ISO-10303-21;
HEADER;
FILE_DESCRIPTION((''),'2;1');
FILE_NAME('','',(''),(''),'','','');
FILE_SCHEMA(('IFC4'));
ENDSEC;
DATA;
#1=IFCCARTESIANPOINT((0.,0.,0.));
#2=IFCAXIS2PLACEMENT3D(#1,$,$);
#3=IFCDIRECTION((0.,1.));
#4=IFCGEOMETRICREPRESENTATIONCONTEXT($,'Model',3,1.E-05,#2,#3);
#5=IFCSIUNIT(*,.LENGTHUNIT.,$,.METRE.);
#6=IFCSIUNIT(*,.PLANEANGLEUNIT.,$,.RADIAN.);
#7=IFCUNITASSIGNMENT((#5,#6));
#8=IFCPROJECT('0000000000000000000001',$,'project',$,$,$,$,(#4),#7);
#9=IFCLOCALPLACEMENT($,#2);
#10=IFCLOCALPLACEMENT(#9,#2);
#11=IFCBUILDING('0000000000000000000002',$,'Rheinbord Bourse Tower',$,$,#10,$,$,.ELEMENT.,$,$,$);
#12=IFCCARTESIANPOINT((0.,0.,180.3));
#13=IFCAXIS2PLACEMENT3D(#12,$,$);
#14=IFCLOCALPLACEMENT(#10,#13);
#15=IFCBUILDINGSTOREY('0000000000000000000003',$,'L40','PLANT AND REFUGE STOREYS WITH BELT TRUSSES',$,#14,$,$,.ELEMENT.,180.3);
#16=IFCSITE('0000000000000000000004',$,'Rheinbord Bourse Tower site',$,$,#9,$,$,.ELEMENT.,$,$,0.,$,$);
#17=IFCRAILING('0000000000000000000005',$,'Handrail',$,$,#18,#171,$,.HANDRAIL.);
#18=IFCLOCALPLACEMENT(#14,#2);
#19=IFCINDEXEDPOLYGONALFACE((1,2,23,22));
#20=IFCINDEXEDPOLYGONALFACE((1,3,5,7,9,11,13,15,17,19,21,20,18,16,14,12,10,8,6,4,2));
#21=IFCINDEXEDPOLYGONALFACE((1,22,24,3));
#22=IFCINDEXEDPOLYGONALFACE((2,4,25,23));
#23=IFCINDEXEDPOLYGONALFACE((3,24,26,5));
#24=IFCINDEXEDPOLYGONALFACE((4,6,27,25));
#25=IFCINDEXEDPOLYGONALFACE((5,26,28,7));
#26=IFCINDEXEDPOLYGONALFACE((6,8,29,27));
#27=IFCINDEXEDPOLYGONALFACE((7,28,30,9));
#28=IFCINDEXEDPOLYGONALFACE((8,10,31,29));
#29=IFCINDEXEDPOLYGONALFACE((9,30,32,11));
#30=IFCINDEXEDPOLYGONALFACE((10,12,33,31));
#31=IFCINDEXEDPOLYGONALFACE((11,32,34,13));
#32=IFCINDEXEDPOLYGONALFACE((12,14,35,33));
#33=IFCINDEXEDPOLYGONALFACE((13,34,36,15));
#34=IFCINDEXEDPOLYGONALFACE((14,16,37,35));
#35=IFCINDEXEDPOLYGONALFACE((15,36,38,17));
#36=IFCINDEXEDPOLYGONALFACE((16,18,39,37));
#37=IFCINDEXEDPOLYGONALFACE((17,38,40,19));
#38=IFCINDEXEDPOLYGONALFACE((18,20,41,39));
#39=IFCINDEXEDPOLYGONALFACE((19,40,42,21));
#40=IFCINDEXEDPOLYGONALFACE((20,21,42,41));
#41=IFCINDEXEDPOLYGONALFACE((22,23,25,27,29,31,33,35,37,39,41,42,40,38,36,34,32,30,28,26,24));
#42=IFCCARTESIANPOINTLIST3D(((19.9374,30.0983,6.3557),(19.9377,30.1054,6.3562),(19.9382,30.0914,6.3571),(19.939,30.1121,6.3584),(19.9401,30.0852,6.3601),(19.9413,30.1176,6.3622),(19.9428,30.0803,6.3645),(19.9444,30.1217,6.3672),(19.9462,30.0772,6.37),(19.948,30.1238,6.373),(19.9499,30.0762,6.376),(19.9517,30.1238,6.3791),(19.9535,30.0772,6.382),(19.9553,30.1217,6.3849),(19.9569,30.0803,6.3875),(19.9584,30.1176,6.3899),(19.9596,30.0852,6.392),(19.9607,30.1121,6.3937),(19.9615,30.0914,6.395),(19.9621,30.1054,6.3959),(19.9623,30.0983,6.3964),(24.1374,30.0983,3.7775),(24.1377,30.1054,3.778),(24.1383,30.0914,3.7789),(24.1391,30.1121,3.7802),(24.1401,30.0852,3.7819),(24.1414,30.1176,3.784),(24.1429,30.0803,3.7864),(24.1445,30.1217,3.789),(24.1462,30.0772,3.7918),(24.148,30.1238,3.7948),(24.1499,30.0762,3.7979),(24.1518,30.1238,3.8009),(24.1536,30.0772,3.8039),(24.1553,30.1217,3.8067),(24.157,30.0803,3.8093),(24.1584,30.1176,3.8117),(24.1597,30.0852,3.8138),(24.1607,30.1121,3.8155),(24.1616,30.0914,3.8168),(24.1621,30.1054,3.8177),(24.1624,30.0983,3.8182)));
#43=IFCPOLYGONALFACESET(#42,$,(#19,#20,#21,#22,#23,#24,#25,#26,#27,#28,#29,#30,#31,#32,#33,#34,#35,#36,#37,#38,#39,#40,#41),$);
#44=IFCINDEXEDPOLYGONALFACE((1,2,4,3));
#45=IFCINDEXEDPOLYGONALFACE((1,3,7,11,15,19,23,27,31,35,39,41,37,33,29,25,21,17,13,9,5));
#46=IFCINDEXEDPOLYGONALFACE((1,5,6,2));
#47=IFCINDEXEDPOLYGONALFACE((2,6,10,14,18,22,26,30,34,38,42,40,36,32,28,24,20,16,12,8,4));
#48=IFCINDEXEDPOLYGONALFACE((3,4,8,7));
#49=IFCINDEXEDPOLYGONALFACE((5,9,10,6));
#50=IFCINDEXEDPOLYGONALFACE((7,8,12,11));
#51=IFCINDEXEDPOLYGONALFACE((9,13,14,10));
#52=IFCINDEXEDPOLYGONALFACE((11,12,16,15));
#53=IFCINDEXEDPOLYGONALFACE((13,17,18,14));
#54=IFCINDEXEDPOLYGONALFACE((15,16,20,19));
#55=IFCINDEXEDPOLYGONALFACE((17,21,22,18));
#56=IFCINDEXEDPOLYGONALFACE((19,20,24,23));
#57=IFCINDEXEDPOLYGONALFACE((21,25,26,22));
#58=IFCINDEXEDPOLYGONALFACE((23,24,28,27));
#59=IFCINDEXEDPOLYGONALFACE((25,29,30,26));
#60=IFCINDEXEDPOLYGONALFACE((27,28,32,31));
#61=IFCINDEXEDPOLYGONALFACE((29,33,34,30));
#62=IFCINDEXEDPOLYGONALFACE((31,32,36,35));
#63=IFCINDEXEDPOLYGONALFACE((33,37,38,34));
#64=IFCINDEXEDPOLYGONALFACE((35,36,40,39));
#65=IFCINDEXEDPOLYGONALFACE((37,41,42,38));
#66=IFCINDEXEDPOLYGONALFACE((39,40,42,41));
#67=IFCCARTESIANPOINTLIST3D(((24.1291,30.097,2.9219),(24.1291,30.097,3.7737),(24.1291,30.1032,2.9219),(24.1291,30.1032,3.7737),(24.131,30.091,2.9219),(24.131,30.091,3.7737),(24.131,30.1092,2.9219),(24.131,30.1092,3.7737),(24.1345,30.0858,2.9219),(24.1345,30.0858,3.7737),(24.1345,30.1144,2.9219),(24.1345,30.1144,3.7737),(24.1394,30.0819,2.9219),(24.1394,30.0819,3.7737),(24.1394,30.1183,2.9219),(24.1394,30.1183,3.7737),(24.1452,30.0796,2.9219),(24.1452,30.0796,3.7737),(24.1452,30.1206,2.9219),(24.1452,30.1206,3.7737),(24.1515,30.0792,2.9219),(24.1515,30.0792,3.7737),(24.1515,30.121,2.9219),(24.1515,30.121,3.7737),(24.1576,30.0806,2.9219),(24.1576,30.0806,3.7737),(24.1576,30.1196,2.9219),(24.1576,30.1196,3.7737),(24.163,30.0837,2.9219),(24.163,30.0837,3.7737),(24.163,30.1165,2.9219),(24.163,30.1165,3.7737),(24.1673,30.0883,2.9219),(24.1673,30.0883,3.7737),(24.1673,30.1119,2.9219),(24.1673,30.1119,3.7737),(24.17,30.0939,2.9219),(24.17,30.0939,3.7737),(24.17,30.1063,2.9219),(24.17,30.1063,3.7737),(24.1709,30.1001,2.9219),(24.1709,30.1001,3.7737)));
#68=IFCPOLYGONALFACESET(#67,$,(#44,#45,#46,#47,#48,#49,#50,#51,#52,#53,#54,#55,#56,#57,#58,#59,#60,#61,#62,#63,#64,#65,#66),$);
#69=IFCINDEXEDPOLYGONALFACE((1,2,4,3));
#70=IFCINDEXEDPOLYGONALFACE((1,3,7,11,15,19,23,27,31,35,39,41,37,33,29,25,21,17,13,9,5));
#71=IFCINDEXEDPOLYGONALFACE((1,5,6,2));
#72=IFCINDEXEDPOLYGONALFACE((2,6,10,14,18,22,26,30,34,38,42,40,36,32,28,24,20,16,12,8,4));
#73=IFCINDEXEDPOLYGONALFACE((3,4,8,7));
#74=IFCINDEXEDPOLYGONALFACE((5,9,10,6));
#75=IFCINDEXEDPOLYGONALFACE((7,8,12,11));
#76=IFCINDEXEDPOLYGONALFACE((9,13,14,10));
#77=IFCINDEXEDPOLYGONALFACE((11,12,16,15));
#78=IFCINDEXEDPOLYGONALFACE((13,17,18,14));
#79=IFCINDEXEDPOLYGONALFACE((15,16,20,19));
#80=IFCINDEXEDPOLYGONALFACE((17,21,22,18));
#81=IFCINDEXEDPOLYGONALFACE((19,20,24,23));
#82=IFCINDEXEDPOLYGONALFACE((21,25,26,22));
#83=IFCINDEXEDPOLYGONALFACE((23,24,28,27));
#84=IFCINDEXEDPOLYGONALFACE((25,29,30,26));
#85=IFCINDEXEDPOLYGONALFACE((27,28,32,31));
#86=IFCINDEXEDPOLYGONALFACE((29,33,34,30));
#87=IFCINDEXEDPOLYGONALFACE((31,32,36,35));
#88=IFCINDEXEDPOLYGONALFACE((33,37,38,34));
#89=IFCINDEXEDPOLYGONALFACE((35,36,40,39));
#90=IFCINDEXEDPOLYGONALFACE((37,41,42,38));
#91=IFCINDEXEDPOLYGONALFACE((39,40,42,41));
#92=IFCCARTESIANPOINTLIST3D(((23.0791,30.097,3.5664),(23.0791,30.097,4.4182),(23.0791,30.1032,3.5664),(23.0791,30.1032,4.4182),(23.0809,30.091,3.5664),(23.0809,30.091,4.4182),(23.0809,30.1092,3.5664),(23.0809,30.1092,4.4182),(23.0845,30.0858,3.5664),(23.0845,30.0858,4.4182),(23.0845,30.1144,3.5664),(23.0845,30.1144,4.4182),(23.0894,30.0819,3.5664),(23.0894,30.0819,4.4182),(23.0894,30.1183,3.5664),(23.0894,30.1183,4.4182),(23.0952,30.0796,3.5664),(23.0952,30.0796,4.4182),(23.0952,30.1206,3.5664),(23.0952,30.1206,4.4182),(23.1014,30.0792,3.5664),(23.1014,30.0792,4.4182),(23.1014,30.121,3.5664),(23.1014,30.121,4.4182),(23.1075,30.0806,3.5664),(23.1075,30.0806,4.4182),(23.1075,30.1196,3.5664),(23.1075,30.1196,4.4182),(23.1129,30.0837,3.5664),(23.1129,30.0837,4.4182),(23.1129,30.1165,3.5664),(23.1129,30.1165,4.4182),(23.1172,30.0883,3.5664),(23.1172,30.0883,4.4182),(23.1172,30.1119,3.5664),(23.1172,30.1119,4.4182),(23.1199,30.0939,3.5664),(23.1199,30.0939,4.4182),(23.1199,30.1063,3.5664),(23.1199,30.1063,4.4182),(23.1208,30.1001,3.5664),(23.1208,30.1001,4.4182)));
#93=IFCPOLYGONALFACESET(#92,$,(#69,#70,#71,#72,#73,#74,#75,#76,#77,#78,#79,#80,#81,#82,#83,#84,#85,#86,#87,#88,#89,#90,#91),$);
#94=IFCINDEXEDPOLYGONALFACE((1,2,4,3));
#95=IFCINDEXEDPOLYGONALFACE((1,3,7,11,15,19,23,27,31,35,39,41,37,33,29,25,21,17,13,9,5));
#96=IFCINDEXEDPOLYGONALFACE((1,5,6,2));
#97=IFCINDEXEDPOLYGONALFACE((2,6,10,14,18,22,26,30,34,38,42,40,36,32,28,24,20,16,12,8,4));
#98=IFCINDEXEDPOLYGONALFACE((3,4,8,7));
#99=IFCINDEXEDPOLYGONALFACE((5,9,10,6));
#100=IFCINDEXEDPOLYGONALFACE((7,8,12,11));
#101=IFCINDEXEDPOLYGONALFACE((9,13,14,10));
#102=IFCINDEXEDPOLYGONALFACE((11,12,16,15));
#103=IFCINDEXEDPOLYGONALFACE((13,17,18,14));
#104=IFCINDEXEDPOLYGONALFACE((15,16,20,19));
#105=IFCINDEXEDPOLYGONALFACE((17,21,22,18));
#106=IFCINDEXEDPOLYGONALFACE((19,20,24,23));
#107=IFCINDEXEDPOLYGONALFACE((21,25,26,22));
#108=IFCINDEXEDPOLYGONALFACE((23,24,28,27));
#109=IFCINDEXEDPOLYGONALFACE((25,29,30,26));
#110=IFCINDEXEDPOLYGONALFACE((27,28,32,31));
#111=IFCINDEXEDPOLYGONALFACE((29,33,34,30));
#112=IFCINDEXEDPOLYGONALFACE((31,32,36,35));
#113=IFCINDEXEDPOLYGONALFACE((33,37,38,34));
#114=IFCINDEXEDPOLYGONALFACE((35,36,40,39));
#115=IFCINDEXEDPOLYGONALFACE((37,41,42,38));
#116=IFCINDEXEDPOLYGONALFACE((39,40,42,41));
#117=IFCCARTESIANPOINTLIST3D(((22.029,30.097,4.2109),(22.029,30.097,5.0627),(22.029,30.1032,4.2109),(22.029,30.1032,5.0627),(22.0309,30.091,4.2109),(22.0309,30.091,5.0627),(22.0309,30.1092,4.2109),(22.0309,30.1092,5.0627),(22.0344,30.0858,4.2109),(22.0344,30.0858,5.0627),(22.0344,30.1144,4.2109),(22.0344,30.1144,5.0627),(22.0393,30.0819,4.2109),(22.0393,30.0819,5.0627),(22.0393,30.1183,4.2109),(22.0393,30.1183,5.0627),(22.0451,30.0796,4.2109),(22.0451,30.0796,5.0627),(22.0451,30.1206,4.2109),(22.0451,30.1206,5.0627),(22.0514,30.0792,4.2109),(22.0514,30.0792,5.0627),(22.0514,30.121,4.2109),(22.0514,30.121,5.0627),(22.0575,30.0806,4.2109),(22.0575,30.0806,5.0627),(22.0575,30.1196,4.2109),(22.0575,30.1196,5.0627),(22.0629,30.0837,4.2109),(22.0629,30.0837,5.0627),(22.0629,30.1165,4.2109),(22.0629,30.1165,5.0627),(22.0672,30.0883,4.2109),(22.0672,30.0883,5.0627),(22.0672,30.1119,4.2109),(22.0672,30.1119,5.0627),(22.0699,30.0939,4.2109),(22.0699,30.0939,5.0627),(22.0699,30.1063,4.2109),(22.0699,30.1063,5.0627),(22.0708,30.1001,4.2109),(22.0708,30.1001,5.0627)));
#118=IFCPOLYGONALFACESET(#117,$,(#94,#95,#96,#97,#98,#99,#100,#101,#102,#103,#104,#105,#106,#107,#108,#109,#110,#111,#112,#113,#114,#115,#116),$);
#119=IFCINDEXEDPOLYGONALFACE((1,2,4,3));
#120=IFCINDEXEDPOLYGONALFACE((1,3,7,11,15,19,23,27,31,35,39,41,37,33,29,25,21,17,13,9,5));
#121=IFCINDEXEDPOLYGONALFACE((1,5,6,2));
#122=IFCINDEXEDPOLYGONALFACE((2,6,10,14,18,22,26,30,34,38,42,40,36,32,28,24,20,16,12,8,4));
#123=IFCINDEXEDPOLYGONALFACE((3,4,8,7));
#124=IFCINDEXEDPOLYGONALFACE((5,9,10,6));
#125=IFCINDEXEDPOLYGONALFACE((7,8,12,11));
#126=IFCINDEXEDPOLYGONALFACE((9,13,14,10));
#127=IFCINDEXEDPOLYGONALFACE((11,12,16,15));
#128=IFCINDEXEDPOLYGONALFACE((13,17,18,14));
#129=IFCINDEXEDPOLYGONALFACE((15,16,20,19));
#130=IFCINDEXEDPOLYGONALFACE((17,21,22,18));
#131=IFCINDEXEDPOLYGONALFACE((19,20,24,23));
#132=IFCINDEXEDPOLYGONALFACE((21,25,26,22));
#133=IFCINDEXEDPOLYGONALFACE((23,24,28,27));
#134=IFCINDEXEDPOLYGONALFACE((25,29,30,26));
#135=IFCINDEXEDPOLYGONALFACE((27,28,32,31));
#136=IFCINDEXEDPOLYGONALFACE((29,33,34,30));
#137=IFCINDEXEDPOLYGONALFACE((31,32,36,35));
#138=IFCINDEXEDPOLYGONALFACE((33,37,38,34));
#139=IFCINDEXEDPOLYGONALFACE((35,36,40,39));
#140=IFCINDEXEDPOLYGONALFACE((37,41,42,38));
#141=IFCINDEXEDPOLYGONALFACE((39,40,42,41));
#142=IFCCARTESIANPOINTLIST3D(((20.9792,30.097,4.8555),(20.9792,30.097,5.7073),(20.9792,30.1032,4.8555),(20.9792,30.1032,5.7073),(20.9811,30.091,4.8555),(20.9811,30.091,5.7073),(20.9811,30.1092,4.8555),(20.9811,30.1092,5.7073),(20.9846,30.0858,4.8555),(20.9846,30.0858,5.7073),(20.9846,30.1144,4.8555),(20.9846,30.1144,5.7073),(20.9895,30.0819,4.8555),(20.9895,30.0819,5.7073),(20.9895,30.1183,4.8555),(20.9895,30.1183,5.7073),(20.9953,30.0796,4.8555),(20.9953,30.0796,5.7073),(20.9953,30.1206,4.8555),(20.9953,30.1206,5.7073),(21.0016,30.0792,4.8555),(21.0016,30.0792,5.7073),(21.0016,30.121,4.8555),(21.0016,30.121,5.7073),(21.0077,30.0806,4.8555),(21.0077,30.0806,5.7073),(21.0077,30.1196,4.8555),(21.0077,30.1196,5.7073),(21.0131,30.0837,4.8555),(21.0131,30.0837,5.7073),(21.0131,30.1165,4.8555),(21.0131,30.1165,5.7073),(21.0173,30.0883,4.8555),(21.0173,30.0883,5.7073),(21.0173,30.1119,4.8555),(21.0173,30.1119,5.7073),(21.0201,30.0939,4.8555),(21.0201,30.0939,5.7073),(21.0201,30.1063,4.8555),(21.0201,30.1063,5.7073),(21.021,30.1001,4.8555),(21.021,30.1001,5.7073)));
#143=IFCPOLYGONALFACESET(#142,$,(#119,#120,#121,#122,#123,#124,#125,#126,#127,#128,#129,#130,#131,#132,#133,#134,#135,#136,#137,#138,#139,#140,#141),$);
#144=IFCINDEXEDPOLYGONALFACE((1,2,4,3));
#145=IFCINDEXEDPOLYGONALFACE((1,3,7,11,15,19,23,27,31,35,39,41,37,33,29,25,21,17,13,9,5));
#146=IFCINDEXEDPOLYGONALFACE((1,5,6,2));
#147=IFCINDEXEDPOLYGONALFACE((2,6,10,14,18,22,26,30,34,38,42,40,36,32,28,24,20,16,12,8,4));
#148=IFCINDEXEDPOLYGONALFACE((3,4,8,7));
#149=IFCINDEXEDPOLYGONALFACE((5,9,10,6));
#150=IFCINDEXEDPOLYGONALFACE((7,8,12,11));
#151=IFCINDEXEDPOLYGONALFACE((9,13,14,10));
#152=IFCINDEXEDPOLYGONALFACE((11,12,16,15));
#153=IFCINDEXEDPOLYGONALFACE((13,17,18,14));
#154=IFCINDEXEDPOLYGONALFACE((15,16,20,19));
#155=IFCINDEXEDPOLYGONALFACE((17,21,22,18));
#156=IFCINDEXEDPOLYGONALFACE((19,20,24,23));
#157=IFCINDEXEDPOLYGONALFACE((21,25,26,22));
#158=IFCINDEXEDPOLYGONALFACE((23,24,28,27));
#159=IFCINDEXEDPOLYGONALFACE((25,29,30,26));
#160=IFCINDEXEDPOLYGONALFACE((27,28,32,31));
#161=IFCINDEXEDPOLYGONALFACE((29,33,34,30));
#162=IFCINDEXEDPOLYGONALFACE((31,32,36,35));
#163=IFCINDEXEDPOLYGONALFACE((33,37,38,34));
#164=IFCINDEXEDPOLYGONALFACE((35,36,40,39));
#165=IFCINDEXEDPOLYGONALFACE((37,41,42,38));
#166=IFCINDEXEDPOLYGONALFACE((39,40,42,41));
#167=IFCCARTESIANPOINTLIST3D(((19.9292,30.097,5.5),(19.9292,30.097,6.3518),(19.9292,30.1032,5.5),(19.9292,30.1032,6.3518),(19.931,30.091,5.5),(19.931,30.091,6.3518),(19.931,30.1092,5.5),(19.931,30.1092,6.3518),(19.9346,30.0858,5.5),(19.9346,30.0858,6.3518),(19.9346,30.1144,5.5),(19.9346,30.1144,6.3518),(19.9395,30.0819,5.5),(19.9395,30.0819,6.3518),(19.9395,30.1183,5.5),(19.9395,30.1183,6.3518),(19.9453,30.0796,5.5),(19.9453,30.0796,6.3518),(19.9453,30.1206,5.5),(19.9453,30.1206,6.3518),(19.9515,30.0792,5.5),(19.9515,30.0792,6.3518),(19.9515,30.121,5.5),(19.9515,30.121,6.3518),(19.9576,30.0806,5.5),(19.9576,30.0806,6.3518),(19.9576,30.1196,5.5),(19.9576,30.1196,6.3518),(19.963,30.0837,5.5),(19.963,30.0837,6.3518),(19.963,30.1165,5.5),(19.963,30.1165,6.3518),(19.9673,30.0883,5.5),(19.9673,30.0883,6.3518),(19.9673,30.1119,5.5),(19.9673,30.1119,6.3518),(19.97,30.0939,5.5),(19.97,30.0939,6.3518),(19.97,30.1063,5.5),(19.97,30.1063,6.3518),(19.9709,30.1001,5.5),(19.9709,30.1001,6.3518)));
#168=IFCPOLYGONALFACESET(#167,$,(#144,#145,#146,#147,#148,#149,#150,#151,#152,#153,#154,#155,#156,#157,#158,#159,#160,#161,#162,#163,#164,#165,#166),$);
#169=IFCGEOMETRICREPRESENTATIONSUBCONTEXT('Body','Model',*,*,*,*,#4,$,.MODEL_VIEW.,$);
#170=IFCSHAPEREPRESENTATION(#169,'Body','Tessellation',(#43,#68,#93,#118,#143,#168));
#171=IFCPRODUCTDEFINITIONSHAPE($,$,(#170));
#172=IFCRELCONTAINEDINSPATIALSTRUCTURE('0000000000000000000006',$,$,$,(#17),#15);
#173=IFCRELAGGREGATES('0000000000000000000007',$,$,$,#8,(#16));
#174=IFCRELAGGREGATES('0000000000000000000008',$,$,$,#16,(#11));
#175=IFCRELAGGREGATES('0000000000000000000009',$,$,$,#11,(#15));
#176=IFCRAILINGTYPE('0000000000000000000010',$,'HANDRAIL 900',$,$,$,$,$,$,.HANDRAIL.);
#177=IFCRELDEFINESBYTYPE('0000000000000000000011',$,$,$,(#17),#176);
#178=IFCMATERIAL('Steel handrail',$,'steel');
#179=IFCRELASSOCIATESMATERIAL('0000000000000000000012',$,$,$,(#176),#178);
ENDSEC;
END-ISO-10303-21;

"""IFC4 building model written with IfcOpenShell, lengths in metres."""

from ifc_helpers import new_model, si_unit, direction, frame, origin, origin_2d, place, context, subcontext, project, spatial, circle, extrude, material, type_object, element, save


model = new_model("IFC4")

# Units and contexts
model_context = context("Model", 3, precision=1e-05, world=origin(), true_north=direction((0.0, 1.0)))
body_context = subcontext(model_context, "Body", "Model", "MODEL_VIEW")
ifc_project = project(units=[si_unit("LENGTHUNIT", "METRE"), si_unit("PLANEANGLEUNIT", "RADIAN")], contexts=[model_context])

# Site, building, storey
site_placement = place(None, origin())
site = spatial("IfcSite", under=ifc_project, at=site_placement, Name="Rheinbord Bourse Tower site", CompositionType="ELEMENT", RefElevation=0.0)
building_placement = place(site_placement, origin())
building = spatial("IfcBuilding", under=site, at=building_placement, Name="Rheinbord Bourse Tower", CompositionType="ELEMENT")
storey_placement = place(building_placement, frame((0.0, 0.0, 180.3)))
storey = spatial("IfcBuildingStorey", under=building, at=storey_placement, Name="L40", Description="PLANT AND REFUGE STOREYS WITH BELT TRUSSES", CompositionType="ELEMENT", Elevation=180.3)

# Railing
ifc_material_1 = material(Name="Steel handrail", Category="steel")
railing_type = type_object("IfcRailingType", Name="HANDRAIL 900", PredefinedType="HANDRAIL", material=ifc_material_1)
railing_placement = place(storey_placement, frame((24.1499, 30.1001, 2.9219)))
element("IfcRailing", 1, at=railing_placement, inside=storey, type_object=railing_type, Name="Handrail", PredefinedType="HANDRAIL", context=body_context, shape_type="SweptSolid", body=[
    extrude(circle(Radius=0.0239, at=origin_2d()), frame((0.0, 0.0, 0.876), z_axis=(-0.852243, 0.0, 0.523146), x_axis=(0.0, -1.0, 0.0)), (0.0, 0.0, 1.0), 4.9282),
    extrude(circle(Radius=0.021, at=origin_2d()), origin(), (0.0, 0.0, 1.0), 0.8518),
    extrude(circle(Radius=0.021, at=origin_2d()), frame((-1.05, 0.0, 0.6445)), (0.0, 0.0, 1.0), 0.8518),
    extrude(circle(Radius=0.021, at=origin_2d()), frame((-2.1001, 0.0, 1.2891)), (0.0, 0.0, 1.0), 0.8518),
    extrude(circle(Radius=0.021, at=origin_2d()), frame((-3.1499, 0.0, 1.9336)), (0.0, 0.0, 1.0), 0.8518),
    extrude(circle(Radius=0.021, at=origin_2d()), frame((-4.2, 0.0, 2.5781)), (0.0, 0.0, 1.0), 0.8518),
])

save(model, "model.ifc")
